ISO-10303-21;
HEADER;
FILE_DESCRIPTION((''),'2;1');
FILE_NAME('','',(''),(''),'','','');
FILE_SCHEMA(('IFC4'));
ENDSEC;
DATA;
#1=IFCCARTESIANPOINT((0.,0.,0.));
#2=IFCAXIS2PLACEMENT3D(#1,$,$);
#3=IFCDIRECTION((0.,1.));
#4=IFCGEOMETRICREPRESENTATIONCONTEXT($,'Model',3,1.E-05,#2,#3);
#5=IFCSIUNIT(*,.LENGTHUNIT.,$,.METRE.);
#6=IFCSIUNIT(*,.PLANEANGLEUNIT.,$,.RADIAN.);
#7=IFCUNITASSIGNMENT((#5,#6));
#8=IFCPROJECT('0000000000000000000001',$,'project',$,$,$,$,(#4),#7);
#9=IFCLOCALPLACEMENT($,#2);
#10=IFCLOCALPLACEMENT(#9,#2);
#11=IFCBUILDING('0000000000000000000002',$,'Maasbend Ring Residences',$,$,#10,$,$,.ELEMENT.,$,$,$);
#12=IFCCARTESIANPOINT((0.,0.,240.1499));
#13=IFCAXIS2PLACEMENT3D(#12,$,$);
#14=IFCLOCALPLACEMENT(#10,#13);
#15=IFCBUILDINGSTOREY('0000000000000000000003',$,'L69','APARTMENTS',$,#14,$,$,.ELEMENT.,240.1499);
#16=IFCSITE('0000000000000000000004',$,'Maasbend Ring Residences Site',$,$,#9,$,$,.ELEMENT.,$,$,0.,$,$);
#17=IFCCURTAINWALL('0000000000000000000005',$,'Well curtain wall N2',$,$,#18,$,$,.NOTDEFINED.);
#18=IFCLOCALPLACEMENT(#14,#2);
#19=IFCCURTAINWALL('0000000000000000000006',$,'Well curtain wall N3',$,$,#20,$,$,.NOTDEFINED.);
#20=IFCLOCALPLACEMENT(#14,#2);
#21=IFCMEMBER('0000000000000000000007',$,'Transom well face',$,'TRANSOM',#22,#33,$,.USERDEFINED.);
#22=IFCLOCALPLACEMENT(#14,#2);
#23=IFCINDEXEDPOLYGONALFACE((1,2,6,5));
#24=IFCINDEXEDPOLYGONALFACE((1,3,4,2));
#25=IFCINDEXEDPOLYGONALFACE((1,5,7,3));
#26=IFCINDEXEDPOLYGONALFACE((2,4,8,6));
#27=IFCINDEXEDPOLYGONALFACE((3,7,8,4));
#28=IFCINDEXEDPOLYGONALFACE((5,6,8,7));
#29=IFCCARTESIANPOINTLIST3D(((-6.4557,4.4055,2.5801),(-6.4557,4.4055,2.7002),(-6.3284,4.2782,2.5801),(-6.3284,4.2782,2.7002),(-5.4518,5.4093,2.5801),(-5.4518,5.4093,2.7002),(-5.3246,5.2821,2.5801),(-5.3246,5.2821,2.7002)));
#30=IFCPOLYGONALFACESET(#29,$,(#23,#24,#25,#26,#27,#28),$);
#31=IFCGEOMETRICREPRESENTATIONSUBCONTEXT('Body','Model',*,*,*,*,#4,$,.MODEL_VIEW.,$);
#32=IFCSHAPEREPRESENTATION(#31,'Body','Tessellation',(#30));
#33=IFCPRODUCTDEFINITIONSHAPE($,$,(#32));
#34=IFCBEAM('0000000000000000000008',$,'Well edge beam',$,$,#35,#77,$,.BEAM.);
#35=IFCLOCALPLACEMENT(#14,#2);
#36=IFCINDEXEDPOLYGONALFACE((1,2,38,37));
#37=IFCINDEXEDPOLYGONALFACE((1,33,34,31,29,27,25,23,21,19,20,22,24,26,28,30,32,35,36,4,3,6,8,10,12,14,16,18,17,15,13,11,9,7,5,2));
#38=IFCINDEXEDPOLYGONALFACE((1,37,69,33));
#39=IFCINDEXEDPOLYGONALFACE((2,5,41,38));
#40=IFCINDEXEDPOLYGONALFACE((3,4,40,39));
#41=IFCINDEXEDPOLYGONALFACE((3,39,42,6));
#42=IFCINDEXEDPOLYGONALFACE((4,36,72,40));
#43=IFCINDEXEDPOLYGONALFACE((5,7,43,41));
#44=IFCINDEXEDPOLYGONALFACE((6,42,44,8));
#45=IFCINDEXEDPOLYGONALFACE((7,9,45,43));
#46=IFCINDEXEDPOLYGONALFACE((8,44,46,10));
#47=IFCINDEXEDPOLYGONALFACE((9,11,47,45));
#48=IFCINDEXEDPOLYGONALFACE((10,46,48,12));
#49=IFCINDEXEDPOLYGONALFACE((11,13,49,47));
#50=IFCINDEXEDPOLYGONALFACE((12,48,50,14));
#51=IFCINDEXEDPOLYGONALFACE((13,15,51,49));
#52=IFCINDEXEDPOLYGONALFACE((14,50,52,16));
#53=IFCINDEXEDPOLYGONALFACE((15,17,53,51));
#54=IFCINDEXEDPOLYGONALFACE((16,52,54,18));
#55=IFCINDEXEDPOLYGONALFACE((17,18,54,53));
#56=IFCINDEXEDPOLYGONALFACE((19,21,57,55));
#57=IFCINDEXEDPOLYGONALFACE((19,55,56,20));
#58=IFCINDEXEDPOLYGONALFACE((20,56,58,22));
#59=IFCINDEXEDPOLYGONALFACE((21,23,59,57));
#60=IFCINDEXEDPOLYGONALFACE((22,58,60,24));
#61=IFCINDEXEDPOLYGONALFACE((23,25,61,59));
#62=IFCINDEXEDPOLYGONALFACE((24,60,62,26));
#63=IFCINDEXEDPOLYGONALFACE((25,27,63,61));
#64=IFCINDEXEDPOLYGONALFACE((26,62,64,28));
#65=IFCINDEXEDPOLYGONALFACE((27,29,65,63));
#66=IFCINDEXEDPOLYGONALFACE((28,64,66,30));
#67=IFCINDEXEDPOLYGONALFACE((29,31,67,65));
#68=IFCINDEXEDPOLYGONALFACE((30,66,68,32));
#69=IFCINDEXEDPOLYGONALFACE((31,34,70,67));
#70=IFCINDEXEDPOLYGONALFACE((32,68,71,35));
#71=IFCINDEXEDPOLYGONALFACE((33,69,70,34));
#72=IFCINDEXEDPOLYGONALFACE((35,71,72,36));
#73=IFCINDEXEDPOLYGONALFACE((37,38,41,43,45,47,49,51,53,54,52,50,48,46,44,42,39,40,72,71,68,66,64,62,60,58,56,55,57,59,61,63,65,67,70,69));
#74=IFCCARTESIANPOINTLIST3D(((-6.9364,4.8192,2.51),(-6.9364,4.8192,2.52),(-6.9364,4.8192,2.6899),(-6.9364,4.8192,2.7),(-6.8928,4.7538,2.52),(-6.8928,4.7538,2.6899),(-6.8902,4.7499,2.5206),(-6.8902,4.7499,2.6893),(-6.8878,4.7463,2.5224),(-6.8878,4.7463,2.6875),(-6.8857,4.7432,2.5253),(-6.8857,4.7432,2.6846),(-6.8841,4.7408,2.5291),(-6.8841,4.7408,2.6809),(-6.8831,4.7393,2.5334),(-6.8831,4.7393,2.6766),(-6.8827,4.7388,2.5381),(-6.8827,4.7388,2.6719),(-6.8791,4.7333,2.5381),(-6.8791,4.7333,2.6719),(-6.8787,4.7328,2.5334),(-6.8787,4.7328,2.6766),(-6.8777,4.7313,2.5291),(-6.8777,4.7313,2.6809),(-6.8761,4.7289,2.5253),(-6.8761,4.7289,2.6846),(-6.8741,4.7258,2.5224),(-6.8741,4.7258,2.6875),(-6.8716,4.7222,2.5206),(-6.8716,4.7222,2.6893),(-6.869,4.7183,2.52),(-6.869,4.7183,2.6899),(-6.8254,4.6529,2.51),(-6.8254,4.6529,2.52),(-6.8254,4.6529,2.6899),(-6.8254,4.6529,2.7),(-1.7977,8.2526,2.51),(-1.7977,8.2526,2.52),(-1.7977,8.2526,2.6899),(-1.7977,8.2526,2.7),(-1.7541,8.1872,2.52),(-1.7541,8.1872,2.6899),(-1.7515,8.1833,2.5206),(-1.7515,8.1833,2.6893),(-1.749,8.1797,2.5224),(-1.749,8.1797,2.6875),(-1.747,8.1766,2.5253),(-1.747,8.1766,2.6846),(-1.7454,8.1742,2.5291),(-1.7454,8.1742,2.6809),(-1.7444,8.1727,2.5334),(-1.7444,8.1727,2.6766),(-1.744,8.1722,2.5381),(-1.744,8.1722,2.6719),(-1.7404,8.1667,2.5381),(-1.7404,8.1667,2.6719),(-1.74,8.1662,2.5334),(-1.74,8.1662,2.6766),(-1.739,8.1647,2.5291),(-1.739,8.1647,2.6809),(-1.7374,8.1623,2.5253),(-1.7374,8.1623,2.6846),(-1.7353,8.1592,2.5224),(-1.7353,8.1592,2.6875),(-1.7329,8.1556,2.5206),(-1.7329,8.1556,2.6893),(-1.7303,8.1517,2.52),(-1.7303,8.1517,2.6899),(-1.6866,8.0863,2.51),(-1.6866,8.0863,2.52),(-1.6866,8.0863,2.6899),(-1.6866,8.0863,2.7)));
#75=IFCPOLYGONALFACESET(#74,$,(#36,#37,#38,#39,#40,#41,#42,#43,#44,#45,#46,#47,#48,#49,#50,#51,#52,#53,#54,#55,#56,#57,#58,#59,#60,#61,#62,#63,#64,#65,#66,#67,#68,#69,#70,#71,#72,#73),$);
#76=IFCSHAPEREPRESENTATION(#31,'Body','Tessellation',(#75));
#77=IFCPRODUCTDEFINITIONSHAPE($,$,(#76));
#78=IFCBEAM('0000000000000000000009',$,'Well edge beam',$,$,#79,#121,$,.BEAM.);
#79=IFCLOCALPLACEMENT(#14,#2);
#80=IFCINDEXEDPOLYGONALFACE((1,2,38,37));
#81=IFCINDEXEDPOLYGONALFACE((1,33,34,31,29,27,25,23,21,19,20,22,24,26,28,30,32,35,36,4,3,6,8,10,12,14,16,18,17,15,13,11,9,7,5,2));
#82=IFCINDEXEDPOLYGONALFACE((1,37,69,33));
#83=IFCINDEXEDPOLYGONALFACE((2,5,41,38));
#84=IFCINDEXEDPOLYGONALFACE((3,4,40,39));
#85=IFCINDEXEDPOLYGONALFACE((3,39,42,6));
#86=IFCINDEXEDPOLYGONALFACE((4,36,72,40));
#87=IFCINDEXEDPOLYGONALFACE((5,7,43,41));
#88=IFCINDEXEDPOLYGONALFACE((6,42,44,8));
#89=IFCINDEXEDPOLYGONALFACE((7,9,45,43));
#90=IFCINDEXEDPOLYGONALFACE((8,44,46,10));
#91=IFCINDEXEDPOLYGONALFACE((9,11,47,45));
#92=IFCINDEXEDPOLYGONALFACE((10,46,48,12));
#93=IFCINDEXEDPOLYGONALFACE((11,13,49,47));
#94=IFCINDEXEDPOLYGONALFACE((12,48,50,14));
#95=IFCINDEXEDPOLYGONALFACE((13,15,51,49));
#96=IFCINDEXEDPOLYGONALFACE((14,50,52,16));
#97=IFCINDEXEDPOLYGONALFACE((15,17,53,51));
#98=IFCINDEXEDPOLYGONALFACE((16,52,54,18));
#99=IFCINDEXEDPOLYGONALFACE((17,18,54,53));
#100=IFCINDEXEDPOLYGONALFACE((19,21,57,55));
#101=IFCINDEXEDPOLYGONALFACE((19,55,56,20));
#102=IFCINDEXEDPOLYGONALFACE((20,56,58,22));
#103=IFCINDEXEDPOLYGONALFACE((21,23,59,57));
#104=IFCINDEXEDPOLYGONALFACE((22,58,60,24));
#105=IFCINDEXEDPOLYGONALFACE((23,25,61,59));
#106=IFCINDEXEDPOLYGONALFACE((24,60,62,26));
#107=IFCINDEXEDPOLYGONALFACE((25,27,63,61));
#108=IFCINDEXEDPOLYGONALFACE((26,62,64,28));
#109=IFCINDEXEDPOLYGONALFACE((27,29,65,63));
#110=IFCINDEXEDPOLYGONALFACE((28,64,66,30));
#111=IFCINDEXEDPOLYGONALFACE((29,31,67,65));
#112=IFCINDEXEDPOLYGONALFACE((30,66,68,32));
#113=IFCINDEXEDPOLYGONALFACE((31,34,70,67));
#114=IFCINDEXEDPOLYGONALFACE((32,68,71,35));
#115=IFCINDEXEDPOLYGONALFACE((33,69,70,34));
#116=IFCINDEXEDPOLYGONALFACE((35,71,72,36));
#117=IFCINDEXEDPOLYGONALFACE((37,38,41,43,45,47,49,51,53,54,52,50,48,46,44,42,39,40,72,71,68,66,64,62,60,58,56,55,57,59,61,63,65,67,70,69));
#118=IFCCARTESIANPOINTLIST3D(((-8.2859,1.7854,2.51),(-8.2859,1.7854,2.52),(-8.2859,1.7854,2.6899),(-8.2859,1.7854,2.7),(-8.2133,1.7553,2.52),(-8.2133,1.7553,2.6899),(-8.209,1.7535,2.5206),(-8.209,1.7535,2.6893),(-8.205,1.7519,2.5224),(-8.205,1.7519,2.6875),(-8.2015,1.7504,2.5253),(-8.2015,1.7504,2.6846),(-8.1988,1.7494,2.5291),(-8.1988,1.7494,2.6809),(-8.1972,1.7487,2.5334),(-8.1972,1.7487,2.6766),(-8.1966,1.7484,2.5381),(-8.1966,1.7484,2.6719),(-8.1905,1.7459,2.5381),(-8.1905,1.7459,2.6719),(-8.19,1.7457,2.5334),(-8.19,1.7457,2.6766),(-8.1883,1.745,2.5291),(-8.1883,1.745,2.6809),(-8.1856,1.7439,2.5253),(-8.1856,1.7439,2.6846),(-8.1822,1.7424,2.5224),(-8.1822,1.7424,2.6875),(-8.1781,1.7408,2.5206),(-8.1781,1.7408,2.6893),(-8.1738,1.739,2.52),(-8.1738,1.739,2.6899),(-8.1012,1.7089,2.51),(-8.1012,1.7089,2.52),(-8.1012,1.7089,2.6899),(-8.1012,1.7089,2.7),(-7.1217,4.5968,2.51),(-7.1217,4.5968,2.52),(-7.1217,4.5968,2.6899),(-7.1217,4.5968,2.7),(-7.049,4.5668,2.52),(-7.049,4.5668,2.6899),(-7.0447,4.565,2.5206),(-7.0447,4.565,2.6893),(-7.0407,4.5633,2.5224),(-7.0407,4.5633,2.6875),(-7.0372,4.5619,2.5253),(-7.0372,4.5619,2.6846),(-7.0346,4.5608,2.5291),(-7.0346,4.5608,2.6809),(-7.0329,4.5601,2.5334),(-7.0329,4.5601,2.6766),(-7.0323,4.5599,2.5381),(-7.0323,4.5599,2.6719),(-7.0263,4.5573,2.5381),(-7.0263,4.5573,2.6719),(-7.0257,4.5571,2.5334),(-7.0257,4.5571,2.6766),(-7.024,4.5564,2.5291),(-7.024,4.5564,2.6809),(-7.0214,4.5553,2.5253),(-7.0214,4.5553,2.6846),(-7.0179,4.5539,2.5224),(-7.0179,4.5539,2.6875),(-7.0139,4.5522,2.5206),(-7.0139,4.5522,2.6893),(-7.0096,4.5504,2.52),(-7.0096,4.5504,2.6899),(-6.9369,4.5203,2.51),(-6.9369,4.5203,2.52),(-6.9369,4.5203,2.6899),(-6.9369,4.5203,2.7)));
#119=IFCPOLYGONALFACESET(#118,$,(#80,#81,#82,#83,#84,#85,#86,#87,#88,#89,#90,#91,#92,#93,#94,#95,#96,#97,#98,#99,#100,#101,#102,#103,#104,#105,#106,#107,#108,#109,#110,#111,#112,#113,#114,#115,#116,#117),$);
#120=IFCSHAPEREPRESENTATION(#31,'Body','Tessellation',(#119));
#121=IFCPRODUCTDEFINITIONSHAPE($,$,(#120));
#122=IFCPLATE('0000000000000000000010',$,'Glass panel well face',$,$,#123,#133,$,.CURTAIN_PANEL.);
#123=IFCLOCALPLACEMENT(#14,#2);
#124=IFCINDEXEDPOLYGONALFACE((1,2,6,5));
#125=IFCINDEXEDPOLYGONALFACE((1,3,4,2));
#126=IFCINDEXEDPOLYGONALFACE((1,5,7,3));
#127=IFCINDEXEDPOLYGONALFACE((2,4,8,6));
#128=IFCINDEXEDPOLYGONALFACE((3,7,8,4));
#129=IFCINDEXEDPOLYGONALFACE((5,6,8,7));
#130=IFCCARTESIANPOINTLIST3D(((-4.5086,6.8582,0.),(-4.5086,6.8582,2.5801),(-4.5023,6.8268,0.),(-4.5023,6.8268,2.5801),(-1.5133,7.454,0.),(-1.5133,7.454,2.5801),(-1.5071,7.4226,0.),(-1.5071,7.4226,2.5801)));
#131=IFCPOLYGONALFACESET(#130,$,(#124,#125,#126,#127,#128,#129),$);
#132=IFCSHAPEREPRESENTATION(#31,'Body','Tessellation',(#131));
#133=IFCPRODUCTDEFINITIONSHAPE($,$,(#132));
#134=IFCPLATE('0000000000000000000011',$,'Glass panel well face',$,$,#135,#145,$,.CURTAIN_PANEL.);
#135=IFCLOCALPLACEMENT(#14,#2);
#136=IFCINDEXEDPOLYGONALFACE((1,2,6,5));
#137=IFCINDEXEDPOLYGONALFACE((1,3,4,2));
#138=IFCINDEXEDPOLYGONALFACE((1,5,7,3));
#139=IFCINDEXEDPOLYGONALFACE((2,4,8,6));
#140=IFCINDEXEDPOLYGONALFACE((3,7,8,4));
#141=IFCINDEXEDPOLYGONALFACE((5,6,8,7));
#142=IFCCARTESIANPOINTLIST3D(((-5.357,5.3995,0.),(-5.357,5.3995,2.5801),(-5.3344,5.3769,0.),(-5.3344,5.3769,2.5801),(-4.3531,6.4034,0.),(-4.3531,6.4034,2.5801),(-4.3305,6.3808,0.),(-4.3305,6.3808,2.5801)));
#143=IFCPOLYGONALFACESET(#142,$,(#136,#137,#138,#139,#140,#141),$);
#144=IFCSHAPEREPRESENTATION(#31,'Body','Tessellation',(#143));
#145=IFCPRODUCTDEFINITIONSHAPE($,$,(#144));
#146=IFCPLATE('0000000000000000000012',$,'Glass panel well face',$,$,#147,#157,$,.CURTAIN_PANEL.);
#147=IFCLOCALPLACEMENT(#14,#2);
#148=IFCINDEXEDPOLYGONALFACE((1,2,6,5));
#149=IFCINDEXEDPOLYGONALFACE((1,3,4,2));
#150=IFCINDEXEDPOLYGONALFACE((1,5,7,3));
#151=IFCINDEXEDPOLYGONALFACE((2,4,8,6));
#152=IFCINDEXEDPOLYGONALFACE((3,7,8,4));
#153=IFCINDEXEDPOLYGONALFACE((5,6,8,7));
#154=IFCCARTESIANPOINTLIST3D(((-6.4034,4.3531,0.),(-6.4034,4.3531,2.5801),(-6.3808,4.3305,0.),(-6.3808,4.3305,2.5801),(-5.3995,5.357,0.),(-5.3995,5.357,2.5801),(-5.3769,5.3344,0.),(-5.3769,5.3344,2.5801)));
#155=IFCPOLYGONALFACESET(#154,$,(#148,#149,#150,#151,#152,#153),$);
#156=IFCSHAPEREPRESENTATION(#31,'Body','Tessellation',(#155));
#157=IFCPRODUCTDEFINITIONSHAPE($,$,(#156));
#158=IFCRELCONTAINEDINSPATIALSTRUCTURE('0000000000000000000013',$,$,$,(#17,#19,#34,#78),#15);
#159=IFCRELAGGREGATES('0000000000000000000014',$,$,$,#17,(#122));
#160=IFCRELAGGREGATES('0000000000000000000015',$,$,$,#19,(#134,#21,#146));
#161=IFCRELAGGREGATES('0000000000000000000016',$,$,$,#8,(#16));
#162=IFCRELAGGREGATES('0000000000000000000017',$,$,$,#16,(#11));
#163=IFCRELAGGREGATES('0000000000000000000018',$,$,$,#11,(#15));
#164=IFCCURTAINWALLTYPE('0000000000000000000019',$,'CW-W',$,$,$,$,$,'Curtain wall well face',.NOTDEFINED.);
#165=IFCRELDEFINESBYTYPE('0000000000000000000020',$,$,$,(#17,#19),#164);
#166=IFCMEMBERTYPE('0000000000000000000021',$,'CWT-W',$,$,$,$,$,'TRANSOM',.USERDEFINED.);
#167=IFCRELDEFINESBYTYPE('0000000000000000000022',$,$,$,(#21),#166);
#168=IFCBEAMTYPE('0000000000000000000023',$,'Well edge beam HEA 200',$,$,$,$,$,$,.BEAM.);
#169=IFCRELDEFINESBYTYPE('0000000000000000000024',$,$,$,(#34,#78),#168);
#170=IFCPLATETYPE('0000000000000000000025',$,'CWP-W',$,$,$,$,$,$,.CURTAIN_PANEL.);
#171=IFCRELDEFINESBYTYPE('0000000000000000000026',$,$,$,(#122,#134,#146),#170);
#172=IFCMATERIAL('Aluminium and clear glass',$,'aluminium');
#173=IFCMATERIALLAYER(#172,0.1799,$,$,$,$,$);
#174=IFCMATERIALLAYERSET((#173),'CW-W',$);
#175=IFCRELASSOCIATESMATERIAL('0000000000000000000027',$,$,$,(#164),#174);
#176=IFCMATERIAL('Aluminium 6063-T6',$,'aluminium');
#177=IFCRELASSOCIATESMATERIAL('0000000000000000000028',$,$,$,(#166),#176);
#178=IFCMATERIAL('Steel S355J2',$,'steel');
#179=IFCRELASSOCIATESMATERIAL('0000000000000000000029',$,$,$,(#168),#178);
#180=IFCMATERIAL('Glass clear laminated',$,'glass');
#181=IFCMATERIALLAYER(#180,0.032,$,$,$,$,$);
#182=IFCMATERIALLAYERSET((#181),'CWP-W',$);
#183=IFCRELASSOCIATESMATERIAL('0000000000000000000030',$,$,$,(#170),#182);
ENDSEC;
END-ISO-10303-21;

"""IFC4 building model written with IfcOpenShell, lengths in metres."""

from ifc_helpers import new_model, si_unit, direction, frame, origin, origin_2d, place, context, subcontext, project, spatial, rectangle, i_section, extrude, material, layer, layer_set, material_profile, profile_set, type_object, element, aggregate, save


model = new_model("IFC4")

# Units and contexts
model_context = context("Model", 3, precision=1e-05, world=origin(), true_north=direction((0.0, 1.0)))
body_context = subcontext(model_context, "Body", "Model", "MODEL_VIEW")
ifc_project = project(units=[si_unit("LENGTHUNIT", "METRE"), si_unit("PLANEANGLEUNIT", "RADIAN")], contexts=[model_context])

# Site, building, storey
site_placement = place(None, origin())
site = spatial("IfcSite", under=ifc_project, at=site_placement, Name="Maasbend Ring Residences Site", CompositionType="ELEMENT", RefElevation=0.0)
building_placement = place(site_placement, origin())
building = spatial("IfcBuilding", under=site, at=building_placement, Name="Maasbend Ring Residences", CompositionType="ELEMENT")
storey_placement = place(building_placement, frame((0.0, 0.0, 240.1499)))
storey = spatial("IfcBuildingStorey", under=building, at=storey_placement, Name="L69", Description="APARTMENTS", CompositionType="ELEMENT", Elevation=240.1499)

# Curtain walls
ifc_material_1 = material(Name="Aluminium and clear glass", Category="aluminium")
ifc_layer_1 = layer(ifc_material_1, 0.1799)
ifc_layer_set_1 = layer_set([ifc_layer_1], Name="CW-W")
curtain_wall_type = type_object("IfcCurtainWallType", Name="CW-W", ElementType="Curtain wall well face", PredefinedType="NOTDEFINED", material=ifc_layer_set_1)
curtain_wall_1_placement = place(storey_placement, origin())
curtain_wall_1 = element("IfcCurtainWall", 1, at=curtain_wall_1_placement, inside=storey, type_object=curtain_wall_type, Name="Well curtain wall N2", PredefinedType="NOTDEFINED")
curtain_wall_2_placement = place(storey_placement, origin())
curtain_wall_2 = element("IfcCurtainWall", 2, at=curtain_wall_2_placement, inside=storey, type_object=curtain_wall_type, Name="Well curtain wall N3", PredefinedType="NOTDEFINED")

# Member
ifc_material_2 = material(Name="Aluminium 6063-T6", Category="aluminium")
ifc_material_profile_1 = material_profile(ifc_material_2, rectangle(XDim=0.1799, YDim=0.1201, at=origin_2d()), Name="AL 180x120")
ifc_profile_set_1 = profile_set([ifc_material_profile_1], Name="Aluminium 6063-T6")
member_type_1 = type_object("IfcMemberType", Name="CWT-W", ElementType="TRANSOM", PredefinedType="USERDEFINED", material=ifc_profile_set_1)
member_1_placement = place(storey_placement, frame((-5.3882, 5.3457, 2.6401), z_axis=(-0.707107, -0.707107, 0.0), x_axis=(0.707107, -0.707107, 0.0)))
member_1 = element("IfcMember", 3, at=member_1_placement, type_object=member_type_1, Name="Transom well face", ObjectType="TRANSOM", PredefinedType="USERDEFINED", context=body_context, shape_type="SweptSolid", body=[
    extrude(rectangle(XDim=0.1799, YDim=0.1201, at=origin_2d()), origin(), (0.0, 0.0, 1.0), 1.4197),
])

# Beams
ifc_material_3 = material(Name="Steel S355J2", Category="steel")
ifc_material_profile_2 = material_profile(ifc_material_3, i_section(OverallWidth=0.2, OverallDepth=0.1899, WebThickness=0.0066, FlangeThickness=0.01, FilletRadius=0.0181, at=origin_2d()), Name="HEA 200")
ifc_profile_set_2 = profile_set([ifc_material_profile_2], Name="Steel S355J2")
beam_type = type_object("IfcBeamType", Name="Well edge beam HEA 200", PredefinedType="BEAM", material=ifc_profile_set_2)
beam_1_placement = place(storey_placement, frame((-1.7422, 8.1694, 2.605), z_axis=(-0.831485, -0.555548, 0.0), x_axis=(0.555548, -0.831485, 0.0)))
element("IfcBeam", 4, at=beam_1_placement, inside=storey, type_object=beam_type, Name="Well edge beam", PredefinedType="BEAM", context=body_context, shape_type="SweptSolid", body=[
    extrude(i_section(OverallWidth=0.2, OverallDepth=0.1899, WebThickness=0.0066, FlangeThickness=0.01, FilletRadius=0.0181, at=origin_2d()), origin(), (0.0, 0.0, 1.0), 6.1802),
])
beam_2_placement = place(storey_placement, frame((-7.0293, 4.5586, 2.605), z_axis=(-0.382609, -0.92391, 0.0), x_axis=(0.92391, -0.382609, 0.0)))
element("IfcBeam", 5, at=beam_2_placement, inside=storey, type_object=beam_type, Name="Well edge beam", PredefinedType="BEAM", context=body_context, shape_type="SweptSolid", body=[
    extrude(i_section(OverallWidth=0.2, OverallDepth=0.1899, WebThickness=0.0066, FlangeThickness=0.01, FilletRadius=0.0181, at=origin_2d()), origin(), (0.0, 0.0, 1.0), 3.043),
])

# Plates
ifc_material_4 = material(Name="Glass clear laminated", Category="glass")
ifc_layer_2 = layer(ifc_material_4, 0.032)
ifc_layer_set_2 = layer_set([ifc_layer_2], Name="CWP-W")
plate_type = type_object("IfcPlateType", Name="CWP-W", PredefinedType="CURTAIN_PANEL", material=ifc_layer_set_2)
plate_1_placement = place(storey_placement, frame((-3.0078, 7.1404, 0.0), z_axis=(0.0, 0.0, 1.0), x_axis=(-0.980785, -0.19509, 0.0)))
plate_1 = element("IfcPlate", 6, at=plate_1_placement, type_object=plate_type, Name="Glass panel well face", PredefinedType="CURTAIN_PANEL", context=body_context, shape_type="SweptSolid", body=[
    extrude(rectangle(XDim=3.054, YDim=0.032, at=origin_2d()), origin(), (0.0, 0.0, 1.0), 2.5801),
])
aggregate(curtain_wall_1, [plate_1])
plate_2_placement = place(storey_placement, frame((-4.8438, 5.8901, 0.0), z_axis=(0.0, 0.0, 1.0), x_axis=(-0.707107, -0.707107, 0.0)))
plate_2 = element("IfcPlate", 7, at=plate_2_placement, type_object=plate_type, Name="Glass panel well face", PredefinedType="CURTAIN_PANEL", context=body_context, shape_type="SweptSolid", body=[
    extrude(rectangle(XDim=1.4197, YDim=0.032, at=origin_2d()), origin(), (0.0, 0.0, 1.0), 2.5801),
])
plate_3_placement = place(storey_placement, frame((-5.8901, 4.8438, 0.0), z_axis=(0.0, 0.0, 1.0), x_axis=(-0.707107, -0.707107, 0.0)))
plate_3 = element("IfcPlate", 8, at=plate_3_placement, type_object=plate_type, Name="Glass panel well face", PredefinedType="CURTAIN_PANEL", context=body_context, shape_type="SweptSolid", body=[
    extrude(rectangle(XDim=1.4197, YDim=0.032, at=origin_2d()), origin(), (0.0, 0.0, 1.0), 2.5801),
])
aggregate(curtain_wall_2, [plate_2, member_1, plate_3])

save(model, "model.ifc")
